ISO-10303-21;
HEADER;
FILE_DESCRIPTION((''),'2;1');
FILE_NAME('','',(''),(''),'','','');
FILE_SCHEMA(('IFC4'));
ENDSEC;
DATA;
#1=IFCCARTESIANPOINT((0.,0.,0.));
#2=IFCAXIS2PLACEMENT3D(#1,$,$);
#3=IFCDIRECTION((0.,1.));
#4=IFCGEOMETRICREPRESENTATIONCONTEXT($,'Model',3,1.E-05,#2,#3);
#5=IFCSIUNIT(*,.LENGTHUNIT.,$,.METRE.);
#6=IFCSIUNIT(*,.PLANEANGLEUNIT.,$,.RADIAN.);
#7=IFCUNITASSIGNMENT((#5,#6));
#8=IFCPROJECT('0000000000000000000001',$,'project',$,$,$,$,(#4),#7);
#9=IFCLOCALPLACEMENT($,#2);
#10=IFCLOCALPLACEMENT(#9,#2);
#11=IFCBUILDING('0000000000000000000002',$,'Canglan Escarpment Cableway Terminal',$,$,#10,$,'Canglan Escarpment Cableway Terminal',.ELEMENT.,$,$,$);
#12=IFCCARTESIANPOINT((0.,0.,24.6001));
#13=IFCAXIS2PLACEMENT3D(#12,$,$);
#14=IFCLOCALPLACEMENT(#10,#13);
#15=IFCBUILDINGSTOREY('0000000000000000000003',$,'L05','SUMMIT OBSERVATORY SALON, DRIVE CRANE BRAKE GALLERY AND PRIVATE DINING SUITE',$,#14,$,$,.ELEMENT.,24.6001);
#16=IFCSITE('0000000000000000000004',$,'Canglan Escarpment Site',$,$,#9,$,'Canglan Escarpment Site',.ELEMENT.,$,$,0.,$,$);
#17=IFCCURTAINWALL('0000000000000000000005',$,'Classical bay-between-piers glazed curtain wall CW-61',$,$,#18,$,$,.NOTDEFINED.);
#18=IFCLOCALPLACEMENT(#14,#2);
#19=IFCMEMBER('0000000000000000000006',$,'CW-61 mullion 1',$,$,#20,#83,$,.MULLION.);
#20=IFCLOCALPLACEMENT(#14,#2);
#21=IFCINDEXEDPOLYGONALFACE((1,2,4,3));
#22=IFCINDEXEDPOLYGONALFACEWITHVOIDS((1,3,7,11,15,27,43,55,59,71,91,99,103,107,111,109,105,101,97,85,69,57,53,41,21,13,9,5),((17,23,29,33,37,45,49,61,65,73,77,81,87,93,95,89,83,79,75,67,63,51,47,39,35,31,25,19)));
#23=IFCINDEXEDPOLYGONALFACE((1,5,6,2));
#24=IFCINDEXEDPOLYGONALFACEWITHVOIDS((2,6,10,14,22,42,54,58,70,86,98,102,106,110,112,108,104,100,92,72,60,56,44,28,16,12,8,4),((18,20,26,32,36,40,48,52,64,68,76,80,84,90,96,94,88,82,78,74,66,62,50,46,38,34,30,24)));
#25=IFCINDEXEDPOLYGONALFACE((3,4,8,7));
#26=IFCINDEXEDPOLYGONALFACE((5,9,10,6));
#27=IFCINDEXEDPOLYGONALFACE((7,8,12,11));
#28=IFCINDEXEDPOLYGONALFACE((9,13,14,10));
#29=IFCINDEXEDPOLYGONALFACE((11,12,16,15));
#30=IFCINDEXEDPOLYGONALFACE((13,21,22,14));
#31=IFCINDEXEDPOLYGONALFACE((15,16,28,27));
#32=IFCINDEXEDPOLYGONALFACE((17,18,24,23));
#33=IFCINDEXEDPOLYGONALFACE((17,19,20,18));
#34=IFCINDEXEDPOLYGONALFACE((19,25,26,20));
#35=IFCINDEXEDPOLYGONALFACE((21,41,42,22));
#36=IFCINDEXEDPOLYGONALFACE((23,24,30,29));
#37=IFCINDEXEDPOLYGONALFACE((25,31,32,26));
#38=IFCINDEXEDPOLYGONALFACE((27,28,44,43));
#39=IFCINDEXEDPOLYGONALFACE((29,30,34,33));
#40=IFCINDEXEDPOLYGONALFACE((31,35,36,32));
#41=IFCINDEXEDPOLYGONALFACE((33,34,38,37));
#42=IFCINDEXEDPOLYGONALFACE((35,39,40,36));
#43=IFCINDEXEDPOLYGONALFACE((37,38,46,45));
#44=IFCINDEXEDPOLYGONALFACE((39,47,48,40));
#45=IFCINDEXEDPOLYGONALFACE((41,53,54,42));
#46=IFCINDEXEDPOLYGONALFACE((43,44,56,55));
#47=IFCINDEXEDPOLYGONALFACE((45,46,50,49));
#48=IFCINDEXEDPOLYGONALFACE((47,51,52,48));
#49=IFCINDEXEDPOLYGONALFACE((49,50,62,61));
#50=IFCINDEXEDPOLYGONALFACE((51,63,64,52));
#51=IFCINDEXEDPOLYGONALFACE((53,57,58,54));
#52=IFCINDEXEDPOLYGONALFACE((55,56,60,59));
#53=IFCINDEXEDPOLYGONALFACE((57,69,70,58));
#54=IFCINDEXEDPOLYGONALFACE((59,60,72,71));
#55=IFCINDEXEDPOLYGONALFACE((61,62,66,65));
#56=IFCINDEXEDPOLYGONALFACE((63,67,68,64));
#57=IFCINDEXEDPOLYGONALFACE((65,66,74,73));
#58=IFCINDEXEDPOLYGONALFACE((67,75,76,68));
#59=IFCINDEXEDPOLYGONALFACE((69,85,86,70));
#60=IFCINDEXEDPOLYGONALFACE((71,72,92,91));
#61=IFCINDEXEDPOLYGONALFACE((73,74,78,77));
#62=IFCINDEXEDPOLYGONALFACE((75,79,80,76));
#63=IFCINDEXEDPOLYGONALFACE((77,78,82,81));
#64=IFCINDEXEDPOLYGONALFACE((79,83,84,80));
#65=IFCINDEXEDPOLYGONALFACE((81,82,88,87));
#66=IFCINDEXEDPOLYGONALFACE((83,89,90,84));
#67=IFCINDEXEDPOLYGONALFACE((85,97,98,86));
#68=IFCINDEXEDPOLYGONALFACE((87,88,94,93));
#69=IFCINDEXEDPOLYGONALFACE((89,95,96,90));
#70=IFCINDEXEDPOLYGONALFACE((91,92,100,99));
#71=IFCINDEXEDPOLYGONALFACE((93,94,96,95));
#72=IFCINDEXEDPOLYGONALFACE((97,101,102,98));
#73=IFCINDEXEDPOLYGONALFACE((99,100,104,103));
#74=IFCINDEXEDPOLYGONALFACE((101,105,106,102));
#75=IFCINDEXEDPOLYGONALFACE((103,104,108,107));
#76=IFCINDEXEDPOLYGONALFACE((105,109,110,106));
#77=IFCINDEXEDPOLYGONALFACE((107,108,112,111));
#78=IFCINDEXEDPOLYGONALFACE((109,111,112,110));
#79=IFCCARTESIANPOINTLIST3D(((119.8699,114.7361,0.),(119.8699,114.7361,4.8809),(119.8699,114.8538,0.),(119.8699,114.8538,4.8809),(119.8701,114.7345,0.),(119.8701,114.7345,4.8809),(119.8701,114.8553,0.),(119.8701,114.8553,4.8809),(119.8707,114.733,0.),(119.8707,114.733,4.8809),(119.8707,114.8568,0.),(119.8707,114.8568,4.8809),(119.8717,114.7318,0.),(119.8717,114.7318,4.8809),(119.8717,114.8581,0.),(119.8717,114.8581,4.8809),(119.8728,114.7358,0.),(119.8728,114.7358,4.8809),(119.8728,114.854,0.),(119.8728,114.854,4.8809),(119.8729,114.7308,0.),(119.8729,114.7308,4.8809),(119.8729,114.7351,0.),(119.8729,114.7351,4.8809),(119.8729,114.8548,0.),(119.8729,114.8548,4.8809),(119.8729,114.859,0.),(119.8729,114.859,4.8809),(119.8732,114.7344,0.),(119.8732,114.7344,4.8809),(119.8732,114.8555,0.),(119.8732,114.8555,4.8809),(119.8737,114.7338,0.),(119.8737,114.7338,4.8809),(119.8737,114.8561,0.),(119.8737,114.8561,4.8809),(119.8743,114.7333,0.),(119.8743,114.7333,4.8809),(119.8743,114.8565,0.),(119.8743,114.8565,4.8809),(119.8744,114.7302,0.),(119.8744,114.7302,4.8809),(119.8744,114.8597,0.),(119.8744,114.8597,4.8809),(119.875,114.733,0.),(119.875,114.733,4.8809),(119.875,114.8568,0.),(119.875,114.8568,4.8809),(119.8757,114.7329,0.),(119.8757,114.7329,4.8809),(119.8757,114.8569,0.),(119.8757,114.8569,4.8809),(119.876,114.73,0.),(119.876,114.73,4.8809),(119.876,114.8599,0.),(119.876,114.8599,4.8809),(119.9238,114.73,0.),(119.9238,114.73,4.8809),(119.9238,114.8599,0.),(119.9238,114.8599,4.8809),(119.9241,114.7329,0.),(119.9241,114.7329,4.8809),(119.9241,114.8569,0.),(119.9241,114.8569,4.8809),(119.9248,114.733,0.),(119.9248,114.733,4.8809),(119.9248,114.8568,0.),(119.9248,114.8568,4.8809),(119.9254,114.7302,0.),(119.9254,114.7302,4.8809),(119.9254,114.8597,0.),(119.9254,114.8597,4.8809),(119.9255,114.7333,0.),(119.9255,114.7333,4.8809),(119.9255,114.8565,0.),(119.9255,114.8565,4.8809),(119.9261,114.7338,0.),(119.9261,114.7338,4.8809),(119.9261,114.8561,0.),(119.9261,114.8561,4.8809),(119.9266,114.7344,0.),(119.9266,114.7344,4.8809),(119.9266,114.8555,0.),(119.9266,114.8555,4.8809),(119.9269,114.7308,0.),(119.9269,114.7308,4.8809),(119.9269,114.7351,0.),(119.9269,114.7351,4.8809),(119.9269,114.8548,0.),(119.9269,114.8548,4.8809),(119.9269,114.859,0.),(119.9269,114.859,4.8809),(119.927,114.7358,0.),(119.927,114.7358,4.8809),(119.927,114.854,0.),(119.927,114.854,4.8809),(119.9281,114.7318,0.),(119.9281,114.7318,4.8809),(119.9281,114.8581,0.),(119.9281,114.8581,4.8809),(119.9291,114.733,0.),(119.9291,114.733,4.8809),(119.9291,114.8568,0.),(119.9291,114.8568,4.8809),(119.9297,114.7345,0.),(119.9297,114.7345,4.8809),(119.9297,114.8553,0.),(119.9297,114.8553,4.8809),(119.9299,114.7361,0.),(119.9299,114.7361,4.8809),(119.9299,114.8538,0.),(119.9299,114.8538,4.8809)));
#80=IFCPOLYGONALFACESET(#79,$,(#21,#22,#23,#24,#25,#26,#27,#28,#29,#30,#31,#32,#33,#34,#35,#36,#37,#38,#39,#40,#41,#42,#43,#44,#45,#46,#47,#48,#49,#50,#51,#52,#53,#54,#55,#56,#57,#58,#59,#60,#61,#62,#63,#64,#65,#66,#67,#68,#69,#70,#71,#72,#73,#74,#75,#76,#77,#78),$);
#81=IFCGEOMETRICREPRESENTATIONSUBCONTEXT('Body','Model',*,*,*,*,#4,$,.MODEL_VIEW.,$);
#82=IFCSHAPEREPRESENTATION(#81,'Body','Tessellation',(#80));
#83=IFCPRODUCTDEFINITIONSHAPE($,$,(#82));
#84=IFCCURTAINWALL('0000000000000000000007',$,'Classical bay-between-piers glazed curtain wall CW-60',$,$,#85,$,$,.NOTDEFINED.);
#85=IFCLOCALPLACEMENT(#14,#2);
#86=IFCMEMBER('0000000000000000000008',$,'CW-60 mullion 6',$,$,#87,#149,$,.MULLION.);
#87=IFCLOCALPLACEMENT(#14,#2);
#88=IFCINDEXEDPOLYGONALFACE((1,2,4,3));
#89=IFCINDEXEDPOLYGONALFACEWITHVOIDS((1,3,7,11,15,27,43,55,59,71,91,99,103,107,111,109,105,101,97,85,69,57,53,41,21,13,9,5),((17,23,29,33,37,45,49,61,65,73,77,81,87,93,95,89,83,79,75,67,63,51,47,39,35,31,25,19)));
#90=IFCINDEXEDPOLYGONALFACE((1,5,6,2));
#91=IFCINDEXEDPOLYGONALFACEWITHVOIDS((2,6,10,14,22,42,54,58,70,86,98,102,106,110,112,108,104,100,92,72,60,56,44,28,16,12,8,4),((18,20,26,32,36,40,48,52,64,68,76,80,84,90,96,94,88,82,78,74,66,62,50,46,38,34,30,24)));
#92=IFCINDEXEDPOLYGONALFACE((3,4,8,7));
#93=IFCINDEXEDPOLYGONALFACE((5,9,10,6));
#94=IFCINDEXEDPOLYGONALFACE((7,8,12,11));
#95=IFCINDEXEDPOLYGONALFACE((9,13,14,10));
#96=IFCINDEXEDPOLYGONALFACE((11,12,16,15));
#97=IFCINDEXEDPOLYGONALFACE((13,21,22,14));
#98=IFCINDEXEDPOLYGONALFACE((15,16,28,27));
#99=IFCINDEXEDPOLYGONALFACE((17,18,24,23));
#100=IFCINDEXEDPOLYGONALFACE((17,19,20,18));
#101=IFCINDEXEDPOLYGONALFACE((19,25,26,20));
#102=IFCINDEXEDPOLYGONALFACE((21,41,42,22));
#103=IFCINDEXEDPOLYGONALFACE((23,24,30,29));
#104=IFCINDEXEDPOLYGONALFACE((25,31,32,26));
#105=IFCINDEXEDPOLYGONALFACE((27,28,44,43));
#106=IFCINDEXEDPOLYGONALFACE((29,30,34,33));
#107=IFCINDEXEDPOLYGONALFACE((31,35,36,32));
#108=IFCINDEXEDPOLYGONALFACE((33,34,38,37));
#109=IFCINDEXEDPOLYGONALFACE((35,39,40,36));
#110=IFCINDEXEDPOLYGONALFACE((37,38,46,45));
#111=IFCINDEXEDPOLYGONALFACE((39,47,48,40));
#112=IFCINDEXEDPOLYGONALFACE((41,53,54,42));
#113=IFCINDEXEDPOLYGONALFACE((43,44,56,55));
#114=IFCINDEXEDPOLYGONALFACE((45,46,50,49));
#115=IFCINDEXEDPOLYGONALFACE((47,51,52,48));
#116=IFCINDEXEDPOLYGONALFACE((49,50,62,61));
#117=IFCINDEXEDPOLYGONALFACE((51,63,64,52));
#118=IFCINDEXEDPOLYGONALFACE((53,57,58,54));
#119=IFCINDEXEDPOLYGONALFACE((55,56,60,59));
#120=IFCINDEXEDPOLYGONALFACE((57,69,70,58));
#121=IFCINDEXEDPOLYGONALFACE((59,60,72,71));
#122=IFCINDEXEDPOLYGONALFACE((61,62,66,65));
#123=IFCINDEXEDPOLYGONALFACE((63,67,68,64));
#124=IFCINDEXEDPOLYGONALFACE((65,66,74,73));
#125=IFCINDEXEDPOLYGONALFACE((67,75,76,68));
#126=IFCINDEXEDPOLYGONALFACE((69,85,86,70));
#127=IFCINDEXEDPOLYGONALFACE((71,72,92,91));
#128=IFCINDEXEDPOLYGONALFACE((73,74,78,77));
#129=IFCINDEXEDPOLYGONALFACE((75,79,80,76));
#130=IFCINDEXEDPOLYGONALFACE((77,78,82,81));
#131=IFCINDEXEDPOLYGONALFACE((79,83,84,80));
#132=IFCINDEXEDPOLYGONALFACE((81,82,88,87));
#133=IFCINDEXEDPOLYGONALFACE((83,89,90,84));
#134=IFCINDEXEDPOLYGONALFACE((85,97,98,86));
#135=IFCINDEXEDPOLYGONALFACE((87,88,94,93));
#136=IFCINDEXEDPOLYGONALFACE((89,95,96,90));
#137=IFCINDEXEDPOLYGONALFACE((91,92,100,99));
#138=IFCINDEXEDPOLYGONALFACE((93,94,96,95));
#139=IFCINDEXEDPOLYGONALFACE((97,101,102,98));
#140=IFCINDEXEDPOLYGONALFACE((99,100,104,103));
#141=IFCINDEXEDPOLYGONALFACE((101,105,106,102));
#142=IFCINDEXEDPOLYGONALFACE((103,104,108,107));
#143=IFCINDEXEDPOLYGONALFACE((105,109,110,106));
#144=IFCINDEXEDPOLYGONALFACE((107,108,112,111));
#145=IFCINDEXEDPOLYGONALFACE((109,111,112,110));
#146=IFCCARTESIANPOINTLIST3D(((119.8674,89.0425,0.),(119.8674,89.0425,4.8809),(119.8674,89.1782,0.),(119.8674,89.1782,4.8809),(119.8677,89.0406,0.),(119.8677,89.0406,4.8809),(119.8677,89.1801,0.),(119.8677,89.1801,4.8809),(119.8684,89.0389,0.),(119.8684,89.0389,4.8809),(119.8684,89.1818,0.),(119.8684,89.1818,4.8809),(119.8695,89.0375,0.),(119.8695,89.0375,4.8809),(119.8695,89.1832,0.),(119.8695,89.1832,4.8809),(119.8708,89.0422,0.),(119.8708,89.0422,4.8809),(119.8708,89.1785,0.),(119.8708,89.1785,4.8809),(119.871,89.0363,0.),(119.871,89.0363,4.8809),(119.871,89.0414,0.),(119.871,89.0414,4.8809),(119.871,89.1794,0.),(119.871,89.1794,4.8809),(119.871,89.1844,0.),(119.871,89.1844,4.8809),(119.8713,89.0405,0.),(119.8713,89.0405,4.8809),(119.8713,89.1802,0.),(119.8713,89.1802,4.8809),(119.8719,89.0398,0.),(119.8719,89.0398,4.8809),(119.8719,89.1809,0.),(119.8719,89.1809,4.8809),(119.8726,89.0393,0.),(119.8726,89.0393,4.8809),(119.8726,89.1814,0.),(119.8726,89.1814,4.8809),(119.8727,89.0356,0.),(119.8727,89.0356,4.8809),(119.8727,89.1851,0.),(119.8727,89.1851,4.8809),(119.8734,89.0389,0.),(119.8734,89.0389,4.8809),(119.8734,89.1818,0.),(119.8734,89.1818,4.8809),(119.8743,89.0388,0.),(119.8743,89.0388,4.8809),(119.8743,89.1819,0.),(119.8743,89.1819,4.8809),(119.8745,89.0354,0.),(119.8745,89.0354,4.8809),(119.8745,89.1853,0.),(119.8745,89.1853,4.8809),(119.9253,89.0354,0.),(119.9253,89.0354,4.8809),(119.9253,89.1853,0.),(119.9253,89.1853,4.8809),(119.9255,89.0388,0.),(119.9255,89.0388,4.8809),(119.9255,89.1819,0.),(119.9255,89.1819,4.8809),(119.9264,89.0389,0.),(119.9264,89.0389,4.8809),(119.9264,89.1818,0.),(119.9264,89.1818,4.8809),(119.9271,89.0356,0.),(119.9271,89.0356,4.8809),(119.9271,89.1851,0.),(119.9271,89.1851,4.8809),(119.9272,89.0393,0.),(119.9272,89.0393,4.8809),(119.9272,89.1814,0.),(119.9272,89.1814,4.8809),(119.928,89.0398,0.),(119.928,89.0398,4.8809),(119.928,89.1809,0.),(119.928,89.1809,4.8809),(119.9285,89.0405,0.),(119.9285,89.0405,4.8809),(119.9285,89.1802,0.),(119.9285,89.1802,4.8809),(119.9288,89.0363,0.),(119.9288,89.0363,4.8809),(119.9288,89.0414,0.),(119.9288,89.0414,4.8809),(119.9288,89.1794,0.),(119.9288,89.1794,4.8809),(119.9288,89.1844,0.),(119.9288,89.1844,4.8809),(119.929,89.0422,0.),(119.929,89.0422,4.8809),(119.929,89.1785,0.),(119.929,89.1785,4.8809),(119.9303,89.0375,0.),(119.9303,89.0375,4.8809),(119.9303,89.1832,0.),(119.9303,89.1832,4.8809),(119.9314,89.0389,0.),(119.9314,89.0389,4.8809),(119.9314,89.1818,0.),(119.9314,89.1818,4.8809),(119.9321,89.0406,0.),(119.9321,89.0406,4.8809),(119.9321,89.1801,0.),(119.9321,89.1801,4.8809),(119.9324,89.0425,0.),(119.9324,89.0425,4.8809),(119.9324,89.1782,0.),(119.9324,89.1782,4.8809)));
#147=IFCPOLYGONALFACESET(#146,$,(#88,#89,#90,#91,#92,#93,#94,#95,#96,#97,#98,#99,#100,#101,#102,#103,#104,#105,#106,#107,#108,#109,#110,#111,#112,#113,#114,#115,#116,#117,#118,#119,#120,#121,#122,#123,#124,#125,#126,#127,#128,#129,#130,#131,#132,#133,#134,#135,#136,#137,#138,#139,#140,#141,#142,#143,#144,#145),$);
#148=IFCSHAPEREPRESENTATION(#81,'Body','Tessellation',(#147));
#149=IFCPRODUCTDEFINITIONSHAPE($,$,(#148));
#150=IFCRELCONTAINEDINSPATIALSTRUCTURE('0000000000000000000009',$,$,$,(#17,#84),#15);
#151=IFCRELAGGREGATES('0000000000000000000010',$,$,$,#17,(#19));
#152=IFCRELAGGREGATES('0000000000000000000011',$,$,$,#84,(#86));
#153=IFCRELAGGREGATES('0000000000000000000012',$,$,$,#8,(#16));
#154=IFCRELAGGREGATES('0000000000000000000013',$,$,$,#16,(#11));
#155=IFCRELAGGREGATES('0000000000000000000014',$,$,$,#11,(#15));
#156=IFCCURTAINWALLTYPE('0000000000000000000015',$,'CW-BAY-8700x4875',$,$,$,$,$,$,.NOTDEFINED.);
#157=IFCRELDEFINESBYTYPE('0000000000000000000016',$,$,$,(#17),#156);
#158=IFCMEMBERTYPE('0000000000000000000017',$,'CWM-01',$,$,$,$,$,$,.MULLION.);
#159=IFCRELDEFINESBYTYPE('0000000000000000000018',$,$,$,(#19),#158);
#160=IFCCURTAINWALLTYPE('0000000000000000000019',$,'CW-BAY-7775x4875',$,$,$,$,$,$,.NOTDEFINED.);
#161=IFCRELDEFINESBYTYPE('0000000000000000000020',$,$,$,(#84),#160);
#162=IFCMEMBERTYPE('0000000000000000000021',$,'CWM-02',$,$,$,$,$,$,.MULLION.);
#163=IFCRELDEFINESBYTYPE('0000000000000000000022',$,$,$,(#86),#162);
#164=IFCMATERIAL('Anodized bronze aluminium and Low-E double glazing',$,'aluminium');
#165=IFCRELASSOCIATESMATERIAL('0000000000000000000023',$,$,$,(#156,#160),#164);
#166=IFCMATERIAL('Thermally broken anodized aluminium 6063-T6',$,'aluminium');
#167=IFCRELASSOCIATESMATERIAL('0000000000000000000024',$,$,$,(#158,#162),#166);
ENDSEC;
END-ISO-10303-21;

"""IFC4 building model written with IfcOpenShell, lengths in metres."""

from ifc_helpers import new_model, si_unit, direction, frame, origin, origin_2d, place, context, subcontext, project, spatial, hollow_rectangle, extrude, material, material_profile, profile_set, type_object, element, aggregate, save


model = new_model("IFC4")

# Units and contexts
model_context = context("Model", 3, precision=1e-05, world=origin(), true_north=direction((0.0, 1.0)))
body_context = subcontext(model_context, "Body", "Model", "MODEL_VIEW")
ifc_project = project(units=[si_unit("LENGTHUNIT", "METRE"), si_unit("PLANEANGLEUNIT", "RADIAN")], contexts=[model_context])

# Site, building, storey
site_placement = place(None, origin())
site = spatial("IfcSite", under=ifc_project, at=site_placement, Name="Canglan Escarpment Site", LongName="Canglan Escarpment Site", CompositionType="ELEMENT", RefElevation=0.0)
building_placement = place(site_placement, origin())
building = spatial("IfcBuilding", under=site, at=building_placement, Name="Canglan Escarpment Cableway Terminal", LongName="Canglan Escarpment Cableway Terminal", CompositionType="ELEMENT")
storey_placement = place(building_placement, frame((0.0, 0.0, 24.6001)))
storey = spatial("IfcBuildingStorey", under=building, at=storey_placement, Name="L05", Description="SUMMIT OBSERVATORY SALON, DRIVE CRANE BRAKE GALLERY AND PRIVATE DINING SUITE", CompositionType="ELEMENT", Elevation=24.6001)

# Curtain wall, member
ifc_material_1 = material(Name="Anodized bronze aluminium and Low-E double glazing", Category="aluminium")
curtain_wall_type_1 = type_object("IfcCurtainWallType", Name="CW-BAY-8700x4875", PredefinedType="NOTDEFINED", material=ifc_material_1)
curtain_wall_1_placement = place(storey_placement, origin())
curtain_wall_1 = element("IfcCurtainWall", 1, at=curtain_wall_1_placement, inside=storey, type_object=curtain_wall_type_1, Name="Classical bay-between-piers glazed curtain wall CW-61", PredefinedType="NOTDEFINED")
ifc_material_2 = material(Name="Thermally broken anodized aluminium 6063-T6", Category="aluminium")
ifc_material_profile_1 = material_profile(ifc_material_2, hollow_rectangle(XDim=0.0601, YDim=0.1299, WallThickness=0.0029, InnerFilletRadius=0.0029, OuterFilletRadius=0.0061, at=origin_2d()), Name="ALU-MULL 60x130x3")
ifc_profile_set_1 = profile_set([ifc_material_profile_1], Name="Thermally broken anodized aluminium 6063-T6")
member_type_1 = type_object("IfcMemberType", Name="CWM-01", PredefinedType="MULLION", material=ifc_profile_set_1)
member_1_placement = place(storey_placement, frame((119.8999, 114.7949, 0.0), z_axis=(0.0, 0.0, 1.0), x_axis=(1.0, 0.0, 0.0)))
member_1 = element("IfcMember", 2, at=member_1_placement, type_object=member_type_1, Name="CW-61 mullion 1", PredefinedType="MULLION", context=body_context, shape_type="SweptSolid", body=[
    extrude(hollow_rectangle(XDim=0.0601, YDim=0.1299, WallThickness=0.0029, InnerFilletRadius=0.0029, OuterFilletRadius=0.0061, at=origin_2d()), origin(), (0.0, 0.0, 1.0), 4.8809),
])
aggregate(curtain_wall_1, [member_1])

# Curtain wall, member
curtain_wall_type_2 = type_object("IfcCurtainWallType", Name="CW-BAY-7775x4875", PredefinedType="NOTDEFINED", material=ifc_material_1)
curtain_wall_2_placement = place(storey_placement, origin())
curtain_wall_2 = element("IfcCurtainWall", 3, at=curtain_wall_2_placement, inside=storey, type_object=curtain_wall_type_2, Name="Classical bay-between-piers glazed curtain wall CW-60", PredefinedType="NOTDEFINED")
ifc_material_profile_2 = material_profile(ifc_material_2, hollow_rectangle(XDim=0.0649, YDim=0.1499, WallThickness=0.0034, InnerFilletRadius=0.0034, OuterFilletRadius=0.0071, at=origin_2d()), Name="ALU-MULL 65x150x3.5")
ifc_profile_set_2 = profile_set([ifc_material_profile_2], Name="Thermally broken anodized aluminium 6063-T6")
member_type_2 = type_object("IfcMemberType", Name="CWM-02", PredefinedType="MULLION", material=ifc_profile_set_2)
member_2_placement = place(storey_placement, frame((119.8999, 89.1104, 0.0), z_axis=(0.0, 0.0, 1.0), x_axis=(1.0, 0.0, 0.0)))
member_2 = element("IfcMember", 4, at=member_2_placement, type_object=member_type_2, Name="CW-60 mullion 6", PredefinedType="MULLION", context=body_context, shape_type="SweptSolid", body=[
    extrude(hollow_rectangle(XDim=0.0649, YDim=0.1499, WallThickness=0.0034, InnerFilletRadius=0.0034, OuterFilletRadius=0.0071, at=origin_2d()), origin(), (0.0, 0.0, 1.0), 4.8809),
])
aggregate(curtain_wall_2, [member_2])

save(model, "model.ifc")
